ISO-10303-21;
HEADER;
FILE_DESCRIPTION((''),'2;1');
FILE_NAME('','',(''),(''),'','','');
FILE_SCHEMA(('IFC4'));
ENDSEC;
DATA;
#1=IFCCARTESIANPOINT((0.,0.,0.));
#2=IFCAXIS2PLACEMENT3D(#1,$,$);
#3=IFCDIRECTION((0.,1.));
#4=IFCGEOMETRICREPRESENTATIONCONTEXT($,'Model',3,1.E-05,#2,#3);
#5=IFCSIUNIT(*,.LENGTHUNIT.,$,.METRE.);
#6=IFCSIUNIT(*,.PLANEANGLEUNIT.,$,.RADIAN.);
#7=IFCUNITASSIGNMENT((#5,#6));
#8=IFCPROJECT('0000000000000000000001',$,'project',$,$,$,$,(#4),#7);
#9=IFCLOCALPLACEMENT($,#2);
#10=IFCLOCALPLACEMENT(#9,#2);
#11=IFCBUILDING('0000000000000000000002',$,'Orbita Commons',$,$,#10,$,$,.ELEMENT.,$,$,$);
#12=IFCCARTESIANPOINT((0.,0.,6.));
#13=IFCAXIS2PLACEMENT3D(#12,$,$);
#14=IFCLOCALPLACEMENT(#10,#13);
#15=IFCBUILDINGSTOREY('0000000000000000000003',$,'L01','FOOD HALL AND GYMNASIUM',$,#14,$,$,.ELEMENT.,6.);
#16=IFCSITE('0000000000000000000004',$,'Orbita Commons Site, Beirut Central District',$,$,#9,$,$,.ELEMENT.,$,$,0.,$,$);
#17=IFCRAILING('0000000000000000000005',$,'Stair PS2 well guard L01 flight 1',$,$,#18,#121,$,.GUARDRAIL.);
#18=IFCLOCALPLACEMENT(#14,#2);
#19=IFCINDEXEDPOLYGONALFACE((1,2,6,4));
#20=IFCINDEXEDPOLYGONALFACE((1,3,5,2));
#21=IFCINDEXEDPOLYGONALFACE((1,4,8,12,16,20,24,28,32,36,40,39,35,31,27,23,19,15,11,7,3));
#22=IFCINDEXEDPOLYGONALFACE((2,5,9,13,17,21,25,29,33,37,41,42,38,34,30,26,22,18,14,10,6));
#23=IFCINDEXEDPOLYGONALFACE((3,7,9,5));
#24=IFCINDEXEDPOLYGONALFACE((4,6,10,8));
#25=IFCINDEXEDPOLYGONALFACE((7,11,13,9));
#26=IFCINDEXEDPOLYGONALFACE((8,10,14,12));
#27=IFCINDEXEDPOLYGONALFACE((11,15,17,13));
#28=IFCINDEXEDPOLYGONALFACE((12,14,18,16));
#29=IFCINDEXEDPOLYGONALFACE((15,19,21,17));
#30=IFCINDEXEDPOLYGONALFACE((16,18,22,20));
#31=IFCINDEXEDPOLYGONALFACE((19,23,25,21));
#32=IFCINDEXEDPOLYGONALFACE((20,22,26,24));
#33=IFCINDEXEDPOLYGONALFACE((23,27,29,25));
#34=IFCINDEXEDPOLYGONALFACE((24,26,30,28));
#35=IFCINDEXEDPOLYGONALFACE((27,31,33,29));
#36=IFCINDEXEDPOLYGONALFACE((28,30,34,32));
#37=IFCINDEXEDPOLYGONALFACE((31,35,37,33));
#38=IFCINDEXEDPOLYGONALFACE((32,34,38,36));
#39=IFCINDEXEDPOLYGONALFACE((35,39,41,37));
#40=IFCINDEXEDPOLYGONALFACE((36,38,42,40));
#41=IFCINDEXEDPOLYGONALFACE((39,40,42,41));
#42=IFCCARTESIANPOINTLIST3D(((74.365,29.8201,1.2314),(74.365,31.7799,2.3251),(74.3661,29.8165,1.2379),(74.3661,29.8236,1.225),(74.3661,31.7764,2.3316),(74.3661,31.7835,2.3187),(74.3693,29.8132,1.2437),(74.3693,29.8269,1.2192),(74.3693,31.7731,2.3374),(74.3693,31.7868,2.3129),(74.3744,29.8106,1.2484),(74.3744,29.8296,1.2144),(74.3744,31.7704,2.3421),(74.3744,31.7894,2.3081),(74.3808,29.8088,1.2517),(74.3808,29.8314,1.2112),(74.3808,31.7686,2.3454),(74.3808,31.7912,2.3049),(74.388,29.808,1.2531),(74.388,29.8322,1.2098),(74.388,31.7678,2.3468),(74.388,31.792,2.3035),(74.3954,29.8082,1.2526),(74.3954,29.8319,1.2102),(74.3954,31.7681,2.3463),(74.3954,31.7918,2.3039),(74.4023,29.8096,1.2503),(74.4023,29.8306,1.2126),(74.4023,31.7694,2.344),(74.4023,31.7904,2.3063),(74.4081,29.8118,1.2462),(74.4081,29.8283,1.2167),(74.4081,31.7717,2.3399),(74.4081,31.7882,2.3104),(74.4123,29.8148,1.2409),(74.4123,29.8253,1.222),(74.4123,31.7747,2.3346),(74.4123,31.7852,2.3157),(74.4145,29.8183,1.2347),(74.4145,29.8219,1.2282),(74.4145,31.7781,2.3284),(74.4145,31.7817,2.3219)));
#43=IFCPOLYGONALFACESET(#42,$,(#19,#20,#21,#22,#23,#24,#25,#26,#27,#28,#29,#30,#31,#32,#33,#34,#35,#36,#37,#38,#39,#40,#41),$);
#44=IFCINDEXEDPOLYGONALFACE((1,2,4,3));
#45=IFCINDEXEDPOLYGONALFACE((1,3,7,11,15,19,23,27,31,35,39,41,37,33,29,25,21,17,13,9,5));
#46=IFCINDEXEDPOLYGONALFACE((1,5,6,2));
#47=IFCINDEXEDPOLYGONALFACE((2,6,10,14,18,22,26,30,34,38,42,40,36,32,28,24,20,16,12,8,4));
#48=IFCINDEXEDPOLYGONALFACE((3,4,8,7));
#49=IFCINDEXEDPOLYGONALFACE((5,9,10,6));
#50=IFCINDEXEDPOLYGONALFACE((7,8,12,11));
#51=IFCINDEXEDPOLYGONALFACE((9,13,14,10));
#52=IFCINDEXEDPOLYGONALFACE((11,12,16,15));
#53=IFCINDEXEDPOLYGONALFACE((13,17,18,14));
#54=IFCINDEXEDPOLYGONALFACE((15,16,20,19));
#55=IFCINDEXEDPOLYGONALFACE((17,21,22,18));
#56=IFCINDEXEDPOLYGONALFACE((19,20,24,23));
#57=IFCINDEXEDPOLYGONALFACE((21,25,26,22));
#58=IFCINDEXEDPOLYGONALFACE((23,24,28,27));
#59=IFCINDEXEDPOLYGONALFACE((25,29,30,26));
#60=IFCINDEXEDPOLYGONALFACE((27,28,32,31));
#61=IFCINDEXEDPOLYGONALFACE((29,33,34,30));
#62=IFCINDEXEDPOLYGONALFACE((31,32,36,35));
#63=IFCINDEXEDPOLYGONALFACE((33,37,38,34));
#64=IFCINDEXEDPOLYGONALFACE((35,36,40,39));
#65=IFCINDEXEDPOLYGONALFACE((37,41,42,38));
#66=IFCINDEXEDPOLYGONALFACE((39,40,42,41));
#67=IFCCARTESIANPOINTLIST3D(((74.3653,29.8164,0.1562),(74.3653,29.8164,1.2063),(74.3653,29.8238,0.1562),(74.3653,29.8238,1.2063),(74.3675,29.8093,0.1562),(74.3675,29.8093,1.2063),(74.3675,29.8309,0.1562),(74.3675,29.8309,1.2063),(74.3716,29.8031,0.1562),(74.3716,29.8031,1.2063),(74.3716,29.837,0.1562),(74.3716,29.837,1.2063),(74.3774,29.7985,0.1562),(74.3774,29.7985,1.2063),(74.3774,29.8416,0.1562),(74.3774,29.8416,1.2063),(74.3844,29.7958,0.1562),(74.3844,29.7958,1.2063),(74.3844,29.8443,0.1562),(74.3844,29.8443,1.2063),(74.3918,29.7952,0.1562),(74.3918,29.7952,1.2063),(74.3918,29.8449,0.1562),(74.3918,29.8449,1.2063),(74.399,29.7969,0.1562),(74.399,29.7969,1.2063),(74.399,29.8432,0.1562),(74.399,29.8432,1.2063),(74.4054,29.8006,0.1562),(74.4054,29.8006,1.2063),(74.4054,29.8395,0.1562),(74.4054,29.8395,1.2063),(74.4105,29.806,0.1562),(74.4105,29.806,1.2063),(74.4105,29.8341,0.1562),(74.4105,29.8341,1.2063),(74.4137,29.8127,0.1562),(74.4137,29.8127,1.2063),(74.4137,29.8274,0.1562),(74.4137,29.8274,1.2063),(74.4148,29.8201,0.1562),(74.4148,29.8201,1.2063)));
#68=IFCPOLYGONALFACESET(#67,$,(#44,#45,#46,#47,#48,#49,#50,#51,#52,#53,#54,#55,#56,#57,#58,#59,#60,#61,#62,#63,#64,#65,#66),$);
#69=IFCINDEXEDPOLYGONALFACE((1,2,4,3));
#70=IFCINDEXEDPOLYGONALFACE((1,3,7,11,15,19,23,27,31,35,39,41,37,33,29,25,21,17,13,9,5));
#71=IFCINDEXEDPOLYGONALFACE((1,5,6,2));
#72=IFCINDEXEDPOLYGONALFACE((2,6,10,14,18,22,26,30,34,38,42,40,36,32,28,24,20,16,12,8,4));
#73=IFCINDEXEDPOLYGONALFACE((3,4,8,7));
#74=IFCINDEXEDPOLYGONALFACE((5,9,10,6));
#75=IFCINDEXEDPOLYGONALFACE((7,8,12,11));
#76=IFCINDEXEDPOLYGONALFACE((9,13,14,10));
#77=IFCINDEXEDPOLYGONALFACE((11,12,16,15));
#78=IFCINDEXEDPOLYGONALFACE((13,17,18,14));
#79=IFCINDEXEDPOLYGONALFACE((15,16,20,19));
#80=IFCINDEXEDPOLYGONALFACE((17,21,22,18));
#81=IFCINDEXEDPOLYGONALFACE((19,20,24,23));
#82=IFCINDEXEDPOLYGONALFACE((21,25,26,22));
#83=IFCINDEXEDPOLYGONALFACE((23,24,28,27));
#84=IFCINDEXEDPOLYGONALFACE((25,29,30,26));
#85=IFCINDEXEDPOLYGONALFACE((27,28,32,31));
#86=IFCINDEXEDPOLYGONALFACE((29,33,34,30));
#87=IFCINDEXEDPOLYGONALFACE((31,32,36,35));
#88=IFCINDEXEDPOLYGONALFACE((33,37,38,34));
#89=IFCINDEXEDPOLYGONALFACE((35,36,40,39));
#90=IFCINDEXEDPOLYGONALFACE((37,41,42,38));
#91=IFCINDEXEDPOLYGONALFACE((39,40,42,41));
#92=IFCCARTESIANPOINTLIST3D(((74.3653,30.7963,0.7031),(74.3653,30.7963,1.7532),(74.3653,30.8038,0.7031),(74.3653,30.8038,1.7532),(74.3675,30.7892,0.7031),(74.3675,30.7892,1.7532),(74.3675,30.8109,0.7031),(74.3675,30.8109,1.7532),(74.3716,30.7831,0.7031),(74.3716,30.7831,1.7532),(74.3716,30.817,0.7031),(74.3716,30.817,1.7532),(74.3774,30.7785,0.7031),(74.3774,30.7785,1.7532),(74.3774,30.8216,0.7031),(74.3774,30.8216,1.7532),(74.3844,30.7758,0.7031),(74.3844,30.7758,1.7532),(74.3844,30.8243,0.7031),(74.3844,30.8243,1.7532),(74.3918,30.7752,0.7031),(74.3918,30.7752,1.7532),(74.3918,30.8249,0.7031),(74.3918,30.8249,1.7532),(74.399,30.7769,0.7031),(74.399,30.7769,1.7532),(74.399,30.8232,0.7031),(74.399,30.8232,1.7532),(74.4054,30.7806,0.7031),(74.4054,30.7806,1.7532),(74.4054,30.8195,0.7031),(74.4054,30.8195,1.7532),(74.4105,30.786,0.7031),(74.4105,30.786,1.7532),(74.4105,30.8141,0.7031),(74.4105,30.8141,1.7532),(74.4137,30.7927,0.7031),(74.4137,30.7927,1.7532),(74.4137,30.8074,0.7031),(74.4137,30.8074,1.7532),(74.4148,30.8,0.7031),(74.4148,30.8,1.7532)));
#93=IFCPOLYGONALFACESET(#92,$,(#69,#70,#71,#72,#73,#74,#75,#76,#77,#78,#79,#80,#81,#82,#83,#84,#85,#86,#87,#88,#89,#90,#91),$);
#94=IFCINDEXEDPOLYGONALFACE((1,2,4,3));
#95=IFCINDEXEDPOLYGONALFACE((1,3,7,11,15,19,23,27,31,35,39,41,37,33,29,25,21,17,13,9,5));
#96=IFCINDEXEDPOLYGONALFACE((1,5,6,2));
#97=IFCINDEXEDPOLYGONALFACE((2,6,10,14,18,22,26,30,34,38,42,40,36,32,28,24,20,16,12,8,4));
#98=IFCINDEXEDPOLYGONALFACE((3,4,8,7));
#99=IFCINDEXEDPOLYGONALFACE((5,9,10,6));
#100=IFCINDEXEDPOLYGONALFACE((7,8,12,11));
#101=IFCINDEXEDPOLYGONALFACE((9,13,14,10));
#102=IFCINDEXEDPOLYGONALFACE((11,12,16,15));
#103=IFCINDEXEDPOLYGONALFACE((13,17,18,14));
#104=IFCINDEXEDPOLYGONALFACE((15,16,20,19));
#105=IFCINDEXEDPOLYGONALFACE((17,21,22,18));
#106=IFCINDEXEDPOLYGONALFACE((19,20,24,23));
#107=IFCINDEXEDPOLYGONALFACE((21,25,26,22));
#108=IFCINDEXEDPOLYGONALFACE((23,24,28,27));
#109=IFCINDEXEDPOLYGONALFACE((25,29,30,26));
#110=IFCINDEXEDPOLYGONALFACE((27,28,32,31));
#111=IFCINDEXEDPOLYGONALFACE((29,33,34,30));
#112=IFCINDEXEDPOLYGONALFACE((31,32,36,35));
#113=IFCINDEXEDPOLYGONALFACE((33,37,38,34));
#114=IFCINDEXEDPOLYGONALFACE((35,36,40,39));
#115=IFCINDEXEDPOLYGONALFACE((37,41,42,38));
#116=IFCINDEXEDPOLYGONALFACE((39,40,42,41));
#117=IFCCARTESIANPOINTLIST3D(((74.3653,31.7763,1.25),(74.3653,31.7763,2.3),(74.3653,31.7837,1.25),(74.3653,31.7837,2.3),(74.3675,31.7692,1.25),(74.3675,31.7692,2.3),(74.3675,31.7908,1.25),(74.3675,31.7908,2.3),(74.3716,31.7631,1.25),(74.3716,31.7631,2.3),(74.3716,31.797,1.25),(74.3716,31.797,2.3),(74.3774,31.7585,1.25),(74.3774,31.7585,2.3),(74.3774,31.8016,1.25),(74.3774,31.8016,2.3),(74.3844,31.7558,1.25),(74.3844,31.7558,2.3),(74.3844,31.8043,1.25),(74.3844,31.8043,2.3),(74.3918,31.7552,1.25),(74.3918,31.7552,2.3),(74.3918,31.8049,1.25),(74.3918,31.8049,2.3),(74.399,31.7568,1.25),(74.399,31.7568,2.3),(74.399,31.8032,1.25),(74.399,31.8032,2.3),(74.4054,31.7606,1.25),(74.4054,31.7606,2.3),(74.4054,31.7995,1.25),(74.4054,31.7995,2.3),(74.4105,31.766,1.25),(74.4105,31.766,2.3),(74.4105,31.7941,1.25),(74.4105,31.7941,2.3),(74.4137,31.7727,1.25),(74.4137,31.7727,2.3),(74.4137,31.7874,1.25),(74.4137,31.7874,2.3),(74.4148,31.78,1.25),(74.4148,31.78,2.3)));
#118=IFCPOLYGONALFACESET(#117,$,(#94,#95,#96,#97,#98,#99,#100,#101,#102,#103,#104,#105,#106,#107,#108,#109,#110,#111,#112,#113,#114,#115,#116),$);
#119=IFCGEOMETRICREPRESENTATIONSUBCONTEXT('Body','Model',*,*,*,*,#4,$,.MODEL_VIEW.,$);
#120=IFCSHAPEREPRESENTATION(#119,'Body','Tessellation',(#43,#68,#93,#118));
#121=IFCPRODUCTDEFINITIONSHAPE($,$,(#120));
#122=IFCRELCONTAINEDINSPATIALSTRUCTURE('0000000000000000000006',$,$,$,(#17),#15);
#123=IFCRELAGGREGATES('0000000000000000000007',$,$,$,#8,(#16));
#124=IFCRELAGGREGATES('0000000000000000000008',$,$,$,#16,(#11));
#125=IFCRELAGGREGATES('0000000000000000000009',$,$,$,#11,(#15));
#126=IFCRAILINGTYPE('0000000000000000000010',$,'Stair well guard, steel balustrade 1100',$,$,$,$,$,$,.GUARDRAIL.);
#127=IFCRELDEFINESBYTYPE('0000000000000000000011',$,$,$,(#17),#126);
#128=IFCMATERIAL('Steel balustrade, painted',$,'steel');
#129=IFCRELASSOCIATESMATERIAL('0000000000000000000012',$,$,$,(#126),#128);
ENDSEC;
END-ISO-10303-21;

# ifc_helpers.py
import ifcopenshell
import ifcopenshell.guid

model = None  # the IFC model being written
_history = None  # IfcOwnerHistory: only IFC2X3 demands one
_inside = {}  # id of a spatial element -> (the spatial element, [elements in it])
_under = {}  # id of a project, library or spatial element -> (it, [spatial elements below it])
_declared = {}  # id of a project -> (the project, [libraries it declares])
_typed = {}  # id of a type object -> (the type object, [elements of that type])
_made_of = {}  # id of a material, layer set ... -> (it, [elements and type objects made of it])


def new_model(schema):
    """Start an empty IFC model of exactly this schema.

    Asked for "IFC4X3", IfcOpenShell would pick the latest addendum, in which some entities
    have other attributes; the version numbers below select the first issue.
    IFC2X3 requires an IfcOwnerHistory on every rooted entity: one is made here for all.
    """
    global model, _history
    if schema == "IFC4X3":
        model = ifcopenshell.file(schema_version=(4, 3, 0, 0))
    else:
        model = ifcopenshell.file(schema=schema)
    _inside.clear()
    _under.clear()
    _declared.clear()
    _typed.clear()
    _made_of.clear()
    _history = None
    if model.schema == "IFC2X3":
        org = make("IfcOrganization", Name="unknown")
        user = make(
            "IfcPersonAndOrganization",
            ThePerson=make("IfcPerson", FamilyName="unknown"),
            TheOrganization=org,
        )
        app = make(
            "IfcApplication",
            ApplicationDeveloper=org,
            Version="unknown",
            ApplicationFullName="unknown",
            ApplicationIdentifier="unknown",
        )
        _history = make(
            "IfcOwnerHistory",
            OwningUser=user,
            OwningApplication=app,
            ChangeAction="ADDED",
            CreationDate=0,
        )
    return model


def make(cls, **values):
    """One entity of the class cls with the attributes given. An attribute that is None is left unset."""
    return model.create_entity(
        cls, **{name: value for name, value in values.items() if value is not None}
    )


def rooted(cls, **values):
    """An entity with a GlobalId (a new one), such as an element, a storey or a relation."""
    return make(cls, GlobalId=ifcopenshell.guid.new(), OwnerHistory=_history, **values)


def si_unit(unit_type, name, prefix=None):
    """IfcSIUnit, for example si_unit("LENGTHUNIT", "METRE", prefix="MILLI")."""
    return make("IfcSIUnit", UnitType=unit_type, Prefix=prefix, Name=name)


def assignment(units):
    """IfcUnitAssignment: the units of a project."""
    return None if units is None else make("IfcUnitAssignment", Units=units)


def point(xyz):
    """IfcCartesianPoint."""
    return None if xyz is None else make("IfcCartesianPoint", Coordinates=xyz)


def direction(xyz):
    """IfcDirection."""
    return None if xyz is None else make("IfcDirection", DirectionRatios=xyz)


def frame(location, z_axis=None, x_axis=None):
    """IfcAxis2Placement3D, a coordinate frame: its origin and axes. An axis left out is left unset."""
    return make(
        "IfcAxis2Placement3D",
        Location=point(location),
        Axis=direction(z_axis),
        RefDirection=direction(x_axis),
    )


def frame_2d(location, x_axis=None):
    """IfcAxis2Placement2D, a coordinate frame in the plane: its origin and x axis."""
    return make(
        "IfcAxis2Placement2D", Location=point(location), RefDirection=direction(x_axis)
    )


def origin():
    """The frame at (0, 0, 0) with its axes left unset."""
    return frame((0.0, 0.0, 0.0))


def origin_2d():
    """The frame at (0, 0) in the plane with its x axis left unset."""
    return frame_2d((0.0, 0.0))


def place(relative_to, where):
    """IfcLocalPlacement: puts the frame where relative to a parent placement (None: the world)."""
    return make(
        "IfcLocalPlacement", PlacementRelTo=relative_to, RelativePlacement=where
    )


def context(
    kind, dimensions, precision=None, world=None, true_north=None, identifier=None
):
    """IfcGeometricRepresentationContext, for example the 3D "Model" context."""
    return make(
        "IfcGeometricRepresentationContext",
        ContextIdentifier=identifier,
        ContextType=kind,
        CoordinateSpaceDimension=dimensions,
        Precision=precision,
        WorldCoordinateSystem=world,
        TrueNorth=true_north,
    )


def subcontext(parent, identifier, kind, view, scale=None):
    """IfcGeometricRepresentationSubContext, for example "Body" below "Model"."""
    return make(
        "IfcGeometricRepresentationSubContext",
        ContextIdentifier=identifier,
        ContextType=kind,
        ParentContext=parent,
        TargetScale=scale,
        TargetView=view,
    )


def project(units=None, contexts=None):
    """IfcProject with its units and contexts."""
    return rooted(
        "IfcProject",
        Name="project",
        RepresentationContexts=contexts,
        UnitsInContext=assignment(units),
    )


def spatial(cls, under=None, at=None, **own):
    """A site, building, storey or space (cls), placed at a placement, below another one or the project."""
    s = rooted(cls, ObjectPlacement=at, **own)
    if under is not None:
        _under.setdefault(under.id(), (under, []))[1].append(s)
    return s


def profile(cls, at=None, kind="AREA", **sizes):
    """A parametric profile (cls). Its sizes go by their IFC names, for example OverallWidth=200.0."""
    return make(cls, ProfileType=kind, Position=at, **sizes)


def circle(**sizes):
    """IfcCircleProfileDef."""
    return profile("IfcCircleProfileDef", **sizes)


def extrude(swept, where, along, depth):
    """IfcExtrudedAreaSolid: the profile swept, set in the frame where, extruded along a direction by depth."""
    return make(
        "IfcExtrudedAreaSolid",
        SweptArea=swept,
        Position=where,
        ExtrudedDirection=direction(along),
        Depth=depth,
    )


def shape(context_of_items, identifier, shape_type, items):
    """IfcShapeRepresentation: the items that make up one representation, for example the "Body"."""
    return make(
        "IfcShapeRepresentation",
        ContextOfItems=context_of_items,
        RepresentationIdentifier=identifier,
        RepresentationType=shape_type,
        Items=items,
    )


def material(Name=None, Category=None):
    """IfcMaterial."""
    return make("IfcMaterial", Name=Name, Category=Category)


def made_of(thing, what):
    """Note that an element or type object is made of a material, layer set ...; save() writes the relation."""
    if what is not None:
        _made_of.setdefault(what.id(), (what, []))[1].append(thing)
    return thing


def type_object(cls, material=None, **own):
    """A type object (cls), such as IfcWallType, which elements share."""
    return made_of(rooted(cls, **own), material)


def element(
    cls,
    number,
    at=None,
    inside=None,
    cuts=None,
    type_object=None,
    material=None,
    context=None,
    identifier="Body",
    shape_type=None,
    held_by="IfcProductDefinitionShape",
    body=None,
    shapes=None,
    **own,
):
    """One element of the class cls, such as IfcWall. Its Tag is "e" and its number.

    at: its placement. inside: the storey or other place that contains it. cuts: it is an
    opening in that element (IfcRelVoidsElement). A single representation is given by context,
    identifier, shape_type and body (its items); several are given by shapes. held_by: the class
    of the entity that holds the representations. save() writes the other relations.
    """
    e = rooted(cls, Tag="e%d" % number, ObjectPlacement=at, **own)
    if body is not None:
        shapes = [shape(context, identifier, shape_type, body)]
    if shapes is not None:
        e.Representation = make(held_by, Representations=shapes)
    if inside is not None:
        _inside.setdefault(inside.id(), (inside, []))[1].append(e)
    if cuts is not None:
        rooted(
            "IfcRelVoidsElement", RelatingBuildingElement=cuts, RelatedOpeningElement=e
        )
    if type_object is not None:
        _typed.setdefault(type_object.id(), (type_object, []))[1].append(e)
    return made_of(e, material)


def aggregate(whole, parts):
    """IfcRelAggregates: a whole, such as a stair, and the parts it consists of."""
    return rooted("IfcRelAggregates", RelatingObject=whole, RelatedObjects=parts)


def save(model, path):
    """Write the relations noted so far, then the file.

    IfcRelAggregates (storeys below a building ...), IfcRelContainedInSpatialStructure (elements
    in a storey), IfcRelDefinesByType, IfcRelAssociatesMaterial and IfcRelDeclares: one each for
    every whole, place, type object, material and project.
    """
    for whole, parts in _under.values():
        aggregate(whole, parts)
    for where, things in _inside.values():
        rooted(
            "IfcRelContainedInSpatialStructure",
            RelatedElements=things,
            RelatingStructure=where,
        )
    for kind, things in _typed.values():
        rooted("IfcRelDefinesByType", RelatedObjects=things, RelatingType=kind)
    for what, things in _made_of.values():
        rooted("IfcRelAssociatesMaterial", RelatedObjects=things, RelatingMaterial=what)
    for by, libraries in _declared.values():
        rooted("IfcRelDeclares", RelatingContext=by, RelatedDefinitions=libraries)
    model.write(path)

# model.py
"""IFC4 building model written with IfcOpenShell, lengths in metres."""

from ifc_helpers import new_model, si_unit, direction, frame, origin, origin_2d, place, context, subcontext, project, spatial, circle, extrude, material, type_object, element, save


model = new_model("IFC4")

# Units and contexts
model_context = context("Model", 3, precision=1e-05, world=origin(), true_north=direction((0.0, 1.0)))
body_context = subcontext(model_context, "Body", "Model", "MODEL_VIEW")
ifc_project = project(units=[si_unit("LENGTHUNIT", "METRE"), si_unit("PLANEANGLEUNIT", "RADIAN")], contexts=[model_context])

# Site, building, storey
site_placement = place(None, origin())
site = spatial("IfcSite", under=ifc_project, at=site_placement, Name="Orbita Commons Site, Beirut Central District", CompositionType="ELEMENT", RefElevation=0.0)
building_placement = place(site_placement, origin())
building = spatial("IfcBuilding", under=site, at=building_placement, Name="Orbita Commons", CompositionType="ELEMENT")
storey_placement = place(building_placement, frame((0.0, 0.0, 6.0)))
storey = spatial("IfcBuildingStorey", under=building, at=storey_placement, Name="L01", Description="FOOD HALL AND GYMNASIUM", CompositionType="ELEMENT", Elevation=6.0)

# Railing
ifc_material_1 = material(Name="Steel balustrade, painted", Category="steel")
railing_type_1 = type_object("IfcRailingType", Name="Stair well guard, steel balustrade 1100", PredefinedType="GUARDRAIL", material=ifc_material_1)
railing_1_placement = place(storey_placement, frame((74.3899, 29.8201, 0.1562)))
element("IfcRailing", 1, at=railing_1_placement, inside=storey, type_object=railing_type_1, Name="Stair PS2 well guard L01 flight 1", PredefinedType="GUARDRAIL", context=body_context, shape_type="SweptSolid", body=[
    extrude(circle(Radius=0.0249, at=origin_2d()), frame((0.0, 0.0, 1.0752), z_axis=(0.0, 0.873232, 0.487304), x_axis=(-1.0, 0.0, 0.0)), (0.0, 0.0, 1.0), 2.2444),
    extrude(circle(Radius=0.0249, at=origin_2d()), origin(), (0.0, 0.0, 1.0), 1.05),
    extrude(circle(Radius=0.0249, at=origin_2d()), frame((0.0, 0.98, 0.5469)), (0.0, 0.0, 1.0), 1.05),
    extrude(circle(Radius=0.0249, at=origin_2d()), frame((0.0, 1.96, 1.0938)), (0.0, 0.0, 1.0), 1.05),
])

save(model, "model.ifc")
